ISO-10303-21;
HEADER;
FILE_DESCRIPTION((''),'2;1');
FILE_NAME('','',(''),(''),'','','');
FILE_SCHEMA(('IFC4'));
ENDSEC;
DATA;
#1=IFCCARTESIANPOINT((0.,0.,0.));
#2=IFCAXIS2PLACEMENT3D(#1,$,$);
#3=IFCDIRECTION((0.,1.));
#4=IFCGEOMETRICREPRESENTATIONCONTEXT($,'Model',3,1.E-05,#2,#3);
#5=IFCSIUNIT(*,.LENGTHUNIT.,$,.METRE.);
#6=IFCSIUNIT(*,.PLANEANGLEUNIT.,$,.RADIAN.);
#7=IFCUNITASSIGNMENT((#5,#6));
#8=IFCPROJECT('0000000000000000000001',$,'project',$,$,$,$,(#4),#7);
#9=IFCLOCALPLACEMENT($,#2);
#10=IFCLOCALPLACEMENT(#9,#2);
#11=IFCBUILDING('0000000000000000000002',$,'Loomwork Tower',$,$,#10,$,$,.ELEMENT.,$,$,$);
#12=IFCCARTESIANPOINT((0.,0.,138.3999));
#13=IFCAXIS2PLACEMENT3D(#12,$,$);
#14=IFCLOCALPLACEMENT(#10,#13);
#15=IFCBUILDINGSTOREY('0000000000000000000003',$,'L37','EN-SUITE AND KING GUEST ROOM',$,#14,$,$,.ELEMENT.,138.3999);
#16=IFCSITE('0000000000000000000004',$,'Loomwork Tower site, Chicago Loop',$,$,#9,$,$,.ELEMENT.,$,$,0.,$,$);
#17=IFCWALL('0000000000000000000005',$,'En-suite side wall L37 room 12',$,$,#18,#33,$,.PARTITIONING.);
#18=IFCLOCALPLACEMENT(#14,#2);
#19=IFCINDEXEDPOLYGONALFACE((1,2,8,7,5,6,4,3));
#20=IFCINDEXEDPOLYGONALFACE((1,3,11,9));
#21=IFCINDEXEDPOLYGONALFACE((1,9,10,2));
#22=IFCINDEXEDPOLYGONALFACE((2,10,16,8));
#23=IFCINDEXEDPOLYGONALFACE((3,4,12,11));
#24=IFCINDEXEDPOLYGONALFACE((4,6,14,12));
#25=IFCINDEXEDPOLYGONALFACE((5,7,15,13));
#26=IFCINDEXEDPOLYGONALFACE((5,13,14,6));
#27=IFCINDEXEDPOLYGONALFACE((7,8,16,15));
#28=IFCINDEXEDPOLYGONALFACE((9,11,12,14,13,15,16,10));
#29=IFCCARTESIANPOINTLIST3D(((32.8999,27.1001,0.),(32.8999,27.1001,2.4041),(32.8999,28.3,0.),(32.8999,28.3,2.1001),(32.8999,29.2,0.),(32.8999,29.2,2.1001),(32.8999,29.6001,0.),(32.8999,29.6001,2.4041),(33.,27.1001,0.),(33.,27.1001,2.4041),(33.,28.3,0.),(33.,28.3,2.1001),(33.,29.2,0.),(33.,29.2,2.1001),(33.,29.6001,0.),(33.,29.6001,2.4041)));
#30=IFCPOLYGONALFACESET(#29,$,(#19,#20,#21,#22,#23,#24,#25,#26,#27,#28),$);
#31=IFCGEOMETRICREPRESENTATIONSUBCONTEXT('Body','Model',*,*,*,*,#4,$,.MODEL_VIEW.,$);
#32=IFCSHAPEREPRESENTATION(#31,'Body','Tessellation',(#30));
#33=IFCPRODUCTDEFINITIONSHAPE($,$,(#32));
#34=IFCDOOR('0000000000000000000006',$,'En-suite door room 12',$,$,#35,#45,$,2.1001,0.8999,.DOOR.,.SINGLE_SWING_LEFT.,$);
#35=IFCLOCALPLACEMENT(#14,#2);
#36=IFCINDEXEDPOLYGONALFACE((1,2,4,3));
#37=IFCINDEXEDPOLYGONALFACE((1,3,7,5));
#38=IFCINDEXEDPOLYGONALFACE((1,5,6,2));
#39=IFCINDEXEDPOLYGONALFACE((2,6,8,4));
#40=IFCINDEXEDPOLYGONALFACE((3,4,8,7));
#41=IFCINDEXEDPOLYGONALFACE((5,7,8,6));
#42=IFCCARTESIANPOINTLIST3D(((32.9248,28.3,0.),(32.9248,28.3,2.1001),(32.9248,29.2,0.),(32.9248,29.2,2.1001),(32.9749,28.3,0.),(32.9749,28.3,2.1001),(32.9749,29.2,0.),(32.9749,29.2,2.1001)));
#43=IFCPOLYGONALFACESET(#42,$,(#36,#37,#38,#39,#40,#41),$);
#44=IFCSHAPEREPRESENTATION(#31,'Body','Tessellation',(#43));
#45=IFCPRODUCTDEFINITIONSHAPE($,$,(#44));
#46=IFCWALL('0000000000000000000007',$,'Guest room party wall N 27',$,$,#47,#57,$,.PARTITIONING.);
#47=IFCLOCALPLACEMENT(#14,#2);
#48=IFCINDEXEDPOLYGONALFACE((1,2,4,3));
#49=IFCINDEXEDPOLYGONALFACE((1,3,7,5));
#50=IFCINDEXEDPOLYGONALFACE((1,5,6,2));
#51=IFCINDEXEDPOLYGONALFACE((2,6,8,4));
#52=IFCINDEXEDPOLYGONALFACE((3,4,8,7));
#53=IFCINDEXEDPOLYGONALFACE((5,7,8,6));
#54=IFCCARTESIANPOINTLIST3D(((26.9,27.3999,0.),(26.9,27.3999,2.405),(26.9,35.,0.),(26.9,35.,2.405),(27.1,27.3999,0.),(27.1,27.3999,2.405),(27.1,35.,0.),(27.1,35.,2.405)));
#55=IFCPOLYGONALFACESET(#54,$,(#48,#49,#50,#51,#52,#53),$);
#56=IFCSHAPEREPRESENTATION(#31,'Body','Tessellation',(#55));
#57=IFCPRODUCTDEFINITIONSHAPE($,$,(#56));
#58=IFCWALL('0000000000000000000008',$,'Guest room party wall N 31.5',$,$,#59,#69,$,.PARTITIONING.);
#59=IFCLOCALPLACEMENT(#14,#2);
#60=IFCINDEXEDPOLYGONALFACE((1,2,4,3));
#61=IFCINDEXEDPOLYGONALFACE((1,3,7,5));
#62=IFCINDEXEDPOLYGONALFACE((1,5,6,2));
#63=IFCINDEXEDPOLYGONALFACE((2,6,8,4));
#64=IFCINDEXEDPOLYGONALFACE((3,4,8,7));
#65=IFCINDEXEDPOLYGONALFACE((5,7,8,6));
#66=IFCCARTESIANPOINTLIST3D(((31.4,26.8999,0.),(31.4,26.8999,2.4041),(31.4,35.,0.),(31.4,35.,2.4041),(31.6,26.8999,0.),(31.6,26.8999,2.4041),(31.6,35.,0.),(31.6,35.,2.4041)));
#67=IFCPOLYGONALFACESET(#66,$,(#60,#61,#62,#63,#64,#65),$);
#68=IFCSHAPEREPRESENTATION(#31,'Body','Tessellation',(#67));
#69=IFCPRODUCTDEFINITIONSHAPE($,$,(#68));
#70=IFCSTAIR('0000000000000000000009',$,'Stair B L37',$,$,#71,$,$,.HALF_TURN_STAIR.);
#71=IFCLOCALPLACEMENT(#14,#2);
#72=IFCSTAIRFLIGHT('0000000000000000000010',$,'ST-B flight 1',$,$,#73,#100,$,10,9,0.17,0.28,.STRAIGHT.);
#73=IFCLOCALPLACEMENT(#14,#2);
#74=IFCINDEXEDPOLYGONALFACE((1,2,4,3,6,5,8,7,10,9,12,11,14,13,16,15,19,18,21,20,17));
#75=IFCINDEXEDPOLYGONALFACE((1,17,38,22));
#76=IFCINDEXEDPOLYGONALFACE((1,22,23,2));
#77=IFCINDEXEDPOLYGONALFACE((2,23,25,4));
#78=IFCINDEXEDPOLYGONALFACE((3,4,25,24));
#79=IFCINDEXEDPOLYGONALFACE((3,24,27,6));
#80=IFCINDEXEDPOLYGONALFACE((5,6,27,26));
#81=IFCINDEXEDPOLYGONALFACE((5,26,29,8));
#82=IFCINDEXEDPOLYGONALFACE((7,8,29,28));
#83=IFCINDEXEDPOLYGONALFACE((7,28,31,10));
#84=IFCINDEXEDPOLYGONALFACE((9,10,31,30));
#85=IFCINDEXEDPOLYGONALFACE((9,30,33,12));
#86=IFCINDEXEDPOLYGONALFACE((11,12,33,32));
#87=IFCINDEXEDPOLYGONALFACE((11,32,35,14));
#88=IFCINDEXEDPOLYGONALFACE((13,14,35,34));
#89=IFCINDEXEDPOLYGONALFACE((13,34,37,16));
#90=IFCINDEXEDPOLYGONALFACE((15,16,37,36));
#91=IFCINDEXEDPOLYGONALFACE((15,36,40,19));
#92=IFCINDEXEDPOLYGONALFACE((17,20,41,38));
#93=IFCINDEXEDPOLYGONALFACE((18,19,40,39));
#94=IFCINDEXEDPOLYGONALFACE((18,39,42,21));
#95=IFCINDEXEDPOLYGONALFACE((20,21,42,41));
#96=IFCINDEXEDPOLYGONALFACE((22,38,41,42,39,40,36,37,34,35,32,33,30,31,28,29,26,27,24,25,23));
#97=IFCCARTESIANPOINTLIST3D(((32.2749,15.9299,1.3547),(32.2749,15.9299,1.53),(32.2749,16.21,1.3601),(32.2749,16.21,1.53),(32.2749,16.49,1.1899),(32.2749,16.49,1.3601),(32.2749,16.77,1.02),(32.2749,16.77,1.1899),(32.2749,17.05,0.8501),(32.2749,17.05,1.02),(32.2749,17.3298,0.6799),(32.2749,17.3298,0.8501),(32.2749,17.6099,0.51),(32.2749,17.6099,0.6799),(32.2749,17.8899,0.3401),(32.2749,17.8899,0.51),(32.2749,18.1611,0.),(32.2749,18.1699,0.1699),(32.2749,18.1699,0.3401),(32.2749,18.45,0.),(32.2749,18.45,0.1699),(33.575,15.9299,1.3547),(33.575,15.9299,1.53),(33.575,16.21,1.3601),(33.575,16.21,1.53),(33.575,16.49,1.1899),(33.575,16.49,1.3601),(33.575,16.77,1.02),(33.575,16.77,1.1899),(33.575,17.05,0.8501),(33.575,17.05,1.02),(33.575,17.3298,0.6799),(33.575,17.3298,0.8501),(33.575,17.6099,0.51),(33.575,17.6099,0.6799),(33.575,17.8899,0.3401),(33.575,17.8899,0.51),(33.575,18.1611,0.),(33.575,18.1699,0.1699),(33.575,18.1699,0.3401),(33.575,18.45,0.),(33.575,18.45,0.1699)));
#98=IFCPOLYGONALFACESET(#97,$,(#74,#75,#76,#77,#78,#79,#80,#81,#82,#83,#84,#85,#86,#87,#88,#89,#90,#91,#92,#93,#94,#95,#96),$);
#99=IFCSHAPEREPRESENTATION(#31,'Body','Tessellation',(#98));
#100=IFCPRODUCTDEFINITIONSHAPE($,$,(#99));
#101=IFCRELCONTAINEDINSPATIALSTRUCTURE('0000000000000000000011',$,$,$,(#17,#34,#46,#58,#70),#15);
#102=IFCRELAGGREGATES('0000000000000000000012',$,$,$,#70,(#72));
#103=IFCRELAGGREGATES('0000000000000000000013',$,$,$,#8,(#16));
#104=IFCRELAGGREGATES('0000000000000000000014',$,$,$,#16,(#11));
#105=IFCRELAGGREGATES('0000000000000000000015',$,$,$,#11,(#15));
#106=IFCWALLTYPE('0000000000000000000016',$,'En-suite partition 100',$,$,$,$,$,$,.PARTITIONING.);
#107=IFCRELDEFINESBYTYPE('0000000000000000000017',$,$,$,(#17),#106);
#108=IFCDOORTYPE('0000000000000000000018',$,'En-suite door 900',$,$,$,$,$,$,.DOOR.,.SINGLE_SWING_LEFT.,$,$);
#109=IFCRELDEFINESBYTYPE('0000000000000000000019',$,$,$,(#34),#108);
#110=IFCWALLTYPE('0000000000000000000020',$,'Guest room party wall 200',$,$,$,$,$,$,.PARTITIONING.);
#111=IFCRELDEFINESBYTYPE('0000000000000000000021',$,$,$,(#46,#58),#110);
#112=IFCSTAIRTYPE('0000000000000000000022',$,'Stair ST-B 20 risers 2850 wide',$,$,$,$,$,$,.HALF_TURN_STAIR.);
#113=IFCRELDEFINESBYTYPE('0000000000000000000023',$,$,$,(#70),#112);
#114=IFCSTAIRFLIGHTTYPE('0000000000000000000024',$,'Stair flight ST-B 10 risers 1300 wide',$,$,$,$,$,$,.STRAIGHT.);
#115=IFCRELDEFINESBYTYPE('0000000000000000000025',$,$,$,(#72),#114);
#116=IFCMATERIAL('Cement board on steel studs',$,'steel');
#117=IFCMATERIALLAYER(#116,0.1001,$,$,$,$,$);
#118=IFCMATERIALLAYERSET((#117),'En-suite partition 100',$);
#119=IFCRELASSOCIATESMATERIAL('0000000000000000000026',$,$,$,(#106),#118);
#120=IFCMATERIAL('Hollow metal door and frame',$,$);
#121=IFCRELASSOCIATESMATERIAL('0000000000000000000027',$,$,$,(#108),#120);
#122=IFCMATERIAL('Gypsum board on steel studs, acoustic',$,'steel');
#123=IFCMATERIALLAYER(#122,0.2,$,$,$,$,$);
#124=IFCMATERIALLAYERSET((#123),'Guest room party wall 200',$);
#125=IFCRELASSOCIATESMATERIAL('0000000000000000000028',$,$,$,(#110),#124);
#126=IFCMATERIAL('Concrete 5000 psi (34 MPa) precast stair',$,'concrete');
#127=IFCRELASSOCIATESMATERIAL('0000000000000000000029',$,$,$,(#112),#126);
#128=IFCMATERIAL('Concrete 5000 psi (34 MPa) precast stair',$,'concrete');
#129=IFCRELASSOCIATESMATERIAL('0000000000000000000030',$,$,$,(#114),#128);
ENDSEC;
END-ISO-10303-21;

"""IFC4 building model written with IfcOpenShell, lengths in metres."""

from ifc_helpers import new_model, si_unit, direction, frame, frame_2d, origin, place, context, subcontext, project, spatial, polyline, rectangle, outline, extrude, material, layer, layer_set, type_object, element, fill, aggregate, save


model = new_model("IFC4")

# Units and contexts
model_context = context("Model", 3, precision=1e-05, world=origin(), true_north=direction((0.0, 1.0)))
body_context = subcontext(model_context, "Body", "Model", "MODEL_VIEW")
ifc_project = project(units=[si_unit("LENGTHUNIT", "METRE"), si_unit("PLANEANGLEUNIT", "RADIAN")], contexts=[model_context])

# Site, building, storey
site_placement = place(None, origin())
site = spatial("IfcSite", under=ifc_project, at=site_placement, Name="Loomwork Tower site, Chicago Loop", CompositionType="ELEMENT", RefElevation=0.0)
building_placement = place(site_placement, origin())
building = spatial("IfcBuilding", under=site, at=building_placement, Name="Loomwork Tower", CompositionType="ELEMENT")
storey_placement = place(building_placement, frame((0.0, 0.0, 138.3999)))
storey = spatial("IfcBuildingStorey", under=building, at=storey_placement, Name="L37", Description="EN-SUITE AND KING GUEST ROOM", CompositionType="ELEMENT", Elevation=138.3999)

# Wall, opening, door
ifc_material_1 = material(Name="Cement board on steel studs", Category="steel")
ifc_layer_1 = layer(ifc_material_1, 0.1001)
ifc_layer_set_1 = layer_set([ifc_layer_1], Name="En-suite partition 100")
wall_type_1 = type_object("IfcWallType", Name="En-suite partition 100", PredefinedType="PARTITIONING", material=ifc_layer_set_1)
wall_1_placement = place(storey_placement, frame((32.95, 27.1001, 0.0), z_axis=(0.0, 0.0, 1.0), x_axis=(0.0, 1.0, 0.0)))
wall_1 = element("IfcWall", 1, at=wall_1_placement, inside=storey, type_object=wall_type_1, Name="En-suite side wall L37 room 12", PredefinedType="PARTITIONING", context=body_context, shape_type="SweptSolid", body=[
    extrude(rectangle(XDim=2.5, YDim=0.1001, at=frame_2d((1.25, 0.0))), origin(), (0.0, 0.0, 1.0), 2.4041),
])
opening_1_placement = place(wall_1_placement, frame((1.2, 0.0, 0.0)))
opening_1 = element("IfcOpeningElement", 2, at=opening_1_placement, cuts=wall_1, PredefinedType="OPENING", context=body_context, shape_type="SweptSolid", body=[
    extrude(rectangle(XDim=0.8999, YDim=2.1001, at=frame_2d((0.45, 1.05))), frame((0.0, 0.0601, 0.0), z_axis=(0.0, -1.0, 0.0), x_axis=(1.0, 0.0, 0.0)), (0.0, 0.0, 1.0), 0.1201),
])
ifc_material_2 = material(Name="Hollow metal door and frame")
door_type_1 = type_object("IfcDoorType", Name="En-suite door 900", OperationType="SINGLE_SWING_LEFT", PredefinedType="DOOR", material=ifc_material_2)
door_1_placement = place(opening_1_placement, frame((0.8999, 0.0, 0.0), z_axis=(0.0, 0.0, 1.0), x_axis=(-1.0, 0.0, 0.0)))
door_1 = element("IfcDoor", 3, at=door_1_placement, inside=storey, type_object=door_type_1, Name="En-suite door room 12", OperationType="SINGLE_SWING_LEFT", OverallHeight=2.1001, OverallWidth=0.8999, PredefinedType="DOOR", context=body_context, shape_type="SweptSolid", body=[
    extrude(rectangle(XDim=0.8999, YDim=2.1001, at=frame_2d((0.45, 1.05))), frame((0.0, 0.0249, 0.0), z_axis=(0.0, -1.0, 0.0), x_axis=(1.0, 0.0, 0.0)), (0.0, 0.0, 1.0), 0.05),
])
fill(opening_1, door_1)

# Walls
ifc_material_3 = material(Name="Gypsum board on steel studs, acoustic", Category="steel")
ifc_layer_2 = layer(ifc_material_3, 0.2)
ifc_layer_set_2 = layer_set([ifc_layer_2], Name="Guest room party wall 200")
wall_type_2 = type_object("IfcWallType", Name="Guest room party wall 200", PredefinedType="PARTITIONING", material=ifc_layer_set_2)
wall_2_placement = place(storey_placement, frame((27.0, 27.3999, 0.0), z_axis=(0.0, 0.0, 1.0), x_axis=(0.0, 1.0, 0.0)))
element("IfcWall", 4, at=wall_2_placement, inside=storey, type_object=wall_type_2, Name="Guest room party wall N 27", PredefinedType="PARTITIONING", context=body_context, shape_type="SweptSolid", body=[
    extrude(rectangle(XDim=7.6001, YDim=0.2, at=frame_2d((3.8, 0.0))), origin(), (0.0, 0.0, 1.0), 2.405),
])
wall_3_placement = place(storey_placement, frame((31.5, 26.8999, 0.0), z_axis=(0.0, 0.0, 1.0), x_axis=(0.0, 1.0, 0.0)))
element("IfcWall", 5, at=wall_3_placement, inside=storey, type_object=wall_type_2, Name="Guest room party wall N 31.5", PredefinedType="PARTITIONING", context=body_context, shape_type="SweptSolid", body=[
    extrude(rectangle(XDim=8.1001, YDim=0.2, at=frame_2d((4.05, 0.0))), origin(), (0.0, 0.0, 1.0), 2.4041),
])

# Stair, stair flight
ifc_material_4 = material(Name="Concrete 5000 psi (34 MPa) precast stair", Category="concrete")
stair_type = type_object("IfcStairType", Name="Stair ST-B 20 risers 2850 wide", PredefinedType="HALF_TURN_STAIR", material=ifc_material_4)
stair_placement = place(storey_placement, origin())
stair = element("IfcStair", 6, at=stair_placement, inside=storey, type_object=stair_type, Name="Stair B L37", PredefinedType="HALF_TURN_STAIR")
ifc_material_5 = material(Name="Concrete 5000 psi (34 MPa) precast stair", Category="concrete")
stair_flight_type = type_object("IfcStairFlightType", Name="Stair flight ST-B 10 risers 1300 wide", PredefinedType="STRAIGHT", material=ifc_material_5)
stair_flight_placement = place(storey_placement, frame((32.925, 18.45, 0.0), z_axis=(0.0, 0.0, 1.0), x_axis=(0.0, -1.0, 0.0)))
stair_flight = element("IfcStairFlight", 7, at=stair_flight_placement, type_object=stair_flight_type, Name="ST-B flight 1", NumberOfRisers=10, NumberOfTreads=9, PredefinedType="STRAIGHT", RiserHeight=0.17, TreadLength=0.28, context=body_context, shape_type="SweptSolid", body=[
    extrude(outline(polyline([(0.0, 0.0), (0.0, 0.1699), (0.28, 0.1699), (0.28, 0.3401), (0.5601, 0.3401), (0.5601, 0.51), (0.8401, 0.51), (0.8401, 0.6799), (1.1201, 0.6799), (1.1201, 0.8501), (1.3999, 0.8501), (1.3999, 1.02), (1.6799, 1.02), (1.6799, 1.1899), (1.96, 1.1899), (1.96, 1.3601), (2.24, 1.3601), (2.24, 1.53), (2.52, 1.53), (2.52, 1.7), (2.52, 1.3547), (0.2888, 0.0), (0.0, 0.0)])), frame((0.0, 0.6499, 0.0), z_axis=(0.0, -1.0, 0.0), x_axis=(1.0, 0.0, 0.0)), (0.0, 0.0, 1.0), 1.3),
])
aggregate(stair, [stair_flight])

save(model, "model.ifc")
